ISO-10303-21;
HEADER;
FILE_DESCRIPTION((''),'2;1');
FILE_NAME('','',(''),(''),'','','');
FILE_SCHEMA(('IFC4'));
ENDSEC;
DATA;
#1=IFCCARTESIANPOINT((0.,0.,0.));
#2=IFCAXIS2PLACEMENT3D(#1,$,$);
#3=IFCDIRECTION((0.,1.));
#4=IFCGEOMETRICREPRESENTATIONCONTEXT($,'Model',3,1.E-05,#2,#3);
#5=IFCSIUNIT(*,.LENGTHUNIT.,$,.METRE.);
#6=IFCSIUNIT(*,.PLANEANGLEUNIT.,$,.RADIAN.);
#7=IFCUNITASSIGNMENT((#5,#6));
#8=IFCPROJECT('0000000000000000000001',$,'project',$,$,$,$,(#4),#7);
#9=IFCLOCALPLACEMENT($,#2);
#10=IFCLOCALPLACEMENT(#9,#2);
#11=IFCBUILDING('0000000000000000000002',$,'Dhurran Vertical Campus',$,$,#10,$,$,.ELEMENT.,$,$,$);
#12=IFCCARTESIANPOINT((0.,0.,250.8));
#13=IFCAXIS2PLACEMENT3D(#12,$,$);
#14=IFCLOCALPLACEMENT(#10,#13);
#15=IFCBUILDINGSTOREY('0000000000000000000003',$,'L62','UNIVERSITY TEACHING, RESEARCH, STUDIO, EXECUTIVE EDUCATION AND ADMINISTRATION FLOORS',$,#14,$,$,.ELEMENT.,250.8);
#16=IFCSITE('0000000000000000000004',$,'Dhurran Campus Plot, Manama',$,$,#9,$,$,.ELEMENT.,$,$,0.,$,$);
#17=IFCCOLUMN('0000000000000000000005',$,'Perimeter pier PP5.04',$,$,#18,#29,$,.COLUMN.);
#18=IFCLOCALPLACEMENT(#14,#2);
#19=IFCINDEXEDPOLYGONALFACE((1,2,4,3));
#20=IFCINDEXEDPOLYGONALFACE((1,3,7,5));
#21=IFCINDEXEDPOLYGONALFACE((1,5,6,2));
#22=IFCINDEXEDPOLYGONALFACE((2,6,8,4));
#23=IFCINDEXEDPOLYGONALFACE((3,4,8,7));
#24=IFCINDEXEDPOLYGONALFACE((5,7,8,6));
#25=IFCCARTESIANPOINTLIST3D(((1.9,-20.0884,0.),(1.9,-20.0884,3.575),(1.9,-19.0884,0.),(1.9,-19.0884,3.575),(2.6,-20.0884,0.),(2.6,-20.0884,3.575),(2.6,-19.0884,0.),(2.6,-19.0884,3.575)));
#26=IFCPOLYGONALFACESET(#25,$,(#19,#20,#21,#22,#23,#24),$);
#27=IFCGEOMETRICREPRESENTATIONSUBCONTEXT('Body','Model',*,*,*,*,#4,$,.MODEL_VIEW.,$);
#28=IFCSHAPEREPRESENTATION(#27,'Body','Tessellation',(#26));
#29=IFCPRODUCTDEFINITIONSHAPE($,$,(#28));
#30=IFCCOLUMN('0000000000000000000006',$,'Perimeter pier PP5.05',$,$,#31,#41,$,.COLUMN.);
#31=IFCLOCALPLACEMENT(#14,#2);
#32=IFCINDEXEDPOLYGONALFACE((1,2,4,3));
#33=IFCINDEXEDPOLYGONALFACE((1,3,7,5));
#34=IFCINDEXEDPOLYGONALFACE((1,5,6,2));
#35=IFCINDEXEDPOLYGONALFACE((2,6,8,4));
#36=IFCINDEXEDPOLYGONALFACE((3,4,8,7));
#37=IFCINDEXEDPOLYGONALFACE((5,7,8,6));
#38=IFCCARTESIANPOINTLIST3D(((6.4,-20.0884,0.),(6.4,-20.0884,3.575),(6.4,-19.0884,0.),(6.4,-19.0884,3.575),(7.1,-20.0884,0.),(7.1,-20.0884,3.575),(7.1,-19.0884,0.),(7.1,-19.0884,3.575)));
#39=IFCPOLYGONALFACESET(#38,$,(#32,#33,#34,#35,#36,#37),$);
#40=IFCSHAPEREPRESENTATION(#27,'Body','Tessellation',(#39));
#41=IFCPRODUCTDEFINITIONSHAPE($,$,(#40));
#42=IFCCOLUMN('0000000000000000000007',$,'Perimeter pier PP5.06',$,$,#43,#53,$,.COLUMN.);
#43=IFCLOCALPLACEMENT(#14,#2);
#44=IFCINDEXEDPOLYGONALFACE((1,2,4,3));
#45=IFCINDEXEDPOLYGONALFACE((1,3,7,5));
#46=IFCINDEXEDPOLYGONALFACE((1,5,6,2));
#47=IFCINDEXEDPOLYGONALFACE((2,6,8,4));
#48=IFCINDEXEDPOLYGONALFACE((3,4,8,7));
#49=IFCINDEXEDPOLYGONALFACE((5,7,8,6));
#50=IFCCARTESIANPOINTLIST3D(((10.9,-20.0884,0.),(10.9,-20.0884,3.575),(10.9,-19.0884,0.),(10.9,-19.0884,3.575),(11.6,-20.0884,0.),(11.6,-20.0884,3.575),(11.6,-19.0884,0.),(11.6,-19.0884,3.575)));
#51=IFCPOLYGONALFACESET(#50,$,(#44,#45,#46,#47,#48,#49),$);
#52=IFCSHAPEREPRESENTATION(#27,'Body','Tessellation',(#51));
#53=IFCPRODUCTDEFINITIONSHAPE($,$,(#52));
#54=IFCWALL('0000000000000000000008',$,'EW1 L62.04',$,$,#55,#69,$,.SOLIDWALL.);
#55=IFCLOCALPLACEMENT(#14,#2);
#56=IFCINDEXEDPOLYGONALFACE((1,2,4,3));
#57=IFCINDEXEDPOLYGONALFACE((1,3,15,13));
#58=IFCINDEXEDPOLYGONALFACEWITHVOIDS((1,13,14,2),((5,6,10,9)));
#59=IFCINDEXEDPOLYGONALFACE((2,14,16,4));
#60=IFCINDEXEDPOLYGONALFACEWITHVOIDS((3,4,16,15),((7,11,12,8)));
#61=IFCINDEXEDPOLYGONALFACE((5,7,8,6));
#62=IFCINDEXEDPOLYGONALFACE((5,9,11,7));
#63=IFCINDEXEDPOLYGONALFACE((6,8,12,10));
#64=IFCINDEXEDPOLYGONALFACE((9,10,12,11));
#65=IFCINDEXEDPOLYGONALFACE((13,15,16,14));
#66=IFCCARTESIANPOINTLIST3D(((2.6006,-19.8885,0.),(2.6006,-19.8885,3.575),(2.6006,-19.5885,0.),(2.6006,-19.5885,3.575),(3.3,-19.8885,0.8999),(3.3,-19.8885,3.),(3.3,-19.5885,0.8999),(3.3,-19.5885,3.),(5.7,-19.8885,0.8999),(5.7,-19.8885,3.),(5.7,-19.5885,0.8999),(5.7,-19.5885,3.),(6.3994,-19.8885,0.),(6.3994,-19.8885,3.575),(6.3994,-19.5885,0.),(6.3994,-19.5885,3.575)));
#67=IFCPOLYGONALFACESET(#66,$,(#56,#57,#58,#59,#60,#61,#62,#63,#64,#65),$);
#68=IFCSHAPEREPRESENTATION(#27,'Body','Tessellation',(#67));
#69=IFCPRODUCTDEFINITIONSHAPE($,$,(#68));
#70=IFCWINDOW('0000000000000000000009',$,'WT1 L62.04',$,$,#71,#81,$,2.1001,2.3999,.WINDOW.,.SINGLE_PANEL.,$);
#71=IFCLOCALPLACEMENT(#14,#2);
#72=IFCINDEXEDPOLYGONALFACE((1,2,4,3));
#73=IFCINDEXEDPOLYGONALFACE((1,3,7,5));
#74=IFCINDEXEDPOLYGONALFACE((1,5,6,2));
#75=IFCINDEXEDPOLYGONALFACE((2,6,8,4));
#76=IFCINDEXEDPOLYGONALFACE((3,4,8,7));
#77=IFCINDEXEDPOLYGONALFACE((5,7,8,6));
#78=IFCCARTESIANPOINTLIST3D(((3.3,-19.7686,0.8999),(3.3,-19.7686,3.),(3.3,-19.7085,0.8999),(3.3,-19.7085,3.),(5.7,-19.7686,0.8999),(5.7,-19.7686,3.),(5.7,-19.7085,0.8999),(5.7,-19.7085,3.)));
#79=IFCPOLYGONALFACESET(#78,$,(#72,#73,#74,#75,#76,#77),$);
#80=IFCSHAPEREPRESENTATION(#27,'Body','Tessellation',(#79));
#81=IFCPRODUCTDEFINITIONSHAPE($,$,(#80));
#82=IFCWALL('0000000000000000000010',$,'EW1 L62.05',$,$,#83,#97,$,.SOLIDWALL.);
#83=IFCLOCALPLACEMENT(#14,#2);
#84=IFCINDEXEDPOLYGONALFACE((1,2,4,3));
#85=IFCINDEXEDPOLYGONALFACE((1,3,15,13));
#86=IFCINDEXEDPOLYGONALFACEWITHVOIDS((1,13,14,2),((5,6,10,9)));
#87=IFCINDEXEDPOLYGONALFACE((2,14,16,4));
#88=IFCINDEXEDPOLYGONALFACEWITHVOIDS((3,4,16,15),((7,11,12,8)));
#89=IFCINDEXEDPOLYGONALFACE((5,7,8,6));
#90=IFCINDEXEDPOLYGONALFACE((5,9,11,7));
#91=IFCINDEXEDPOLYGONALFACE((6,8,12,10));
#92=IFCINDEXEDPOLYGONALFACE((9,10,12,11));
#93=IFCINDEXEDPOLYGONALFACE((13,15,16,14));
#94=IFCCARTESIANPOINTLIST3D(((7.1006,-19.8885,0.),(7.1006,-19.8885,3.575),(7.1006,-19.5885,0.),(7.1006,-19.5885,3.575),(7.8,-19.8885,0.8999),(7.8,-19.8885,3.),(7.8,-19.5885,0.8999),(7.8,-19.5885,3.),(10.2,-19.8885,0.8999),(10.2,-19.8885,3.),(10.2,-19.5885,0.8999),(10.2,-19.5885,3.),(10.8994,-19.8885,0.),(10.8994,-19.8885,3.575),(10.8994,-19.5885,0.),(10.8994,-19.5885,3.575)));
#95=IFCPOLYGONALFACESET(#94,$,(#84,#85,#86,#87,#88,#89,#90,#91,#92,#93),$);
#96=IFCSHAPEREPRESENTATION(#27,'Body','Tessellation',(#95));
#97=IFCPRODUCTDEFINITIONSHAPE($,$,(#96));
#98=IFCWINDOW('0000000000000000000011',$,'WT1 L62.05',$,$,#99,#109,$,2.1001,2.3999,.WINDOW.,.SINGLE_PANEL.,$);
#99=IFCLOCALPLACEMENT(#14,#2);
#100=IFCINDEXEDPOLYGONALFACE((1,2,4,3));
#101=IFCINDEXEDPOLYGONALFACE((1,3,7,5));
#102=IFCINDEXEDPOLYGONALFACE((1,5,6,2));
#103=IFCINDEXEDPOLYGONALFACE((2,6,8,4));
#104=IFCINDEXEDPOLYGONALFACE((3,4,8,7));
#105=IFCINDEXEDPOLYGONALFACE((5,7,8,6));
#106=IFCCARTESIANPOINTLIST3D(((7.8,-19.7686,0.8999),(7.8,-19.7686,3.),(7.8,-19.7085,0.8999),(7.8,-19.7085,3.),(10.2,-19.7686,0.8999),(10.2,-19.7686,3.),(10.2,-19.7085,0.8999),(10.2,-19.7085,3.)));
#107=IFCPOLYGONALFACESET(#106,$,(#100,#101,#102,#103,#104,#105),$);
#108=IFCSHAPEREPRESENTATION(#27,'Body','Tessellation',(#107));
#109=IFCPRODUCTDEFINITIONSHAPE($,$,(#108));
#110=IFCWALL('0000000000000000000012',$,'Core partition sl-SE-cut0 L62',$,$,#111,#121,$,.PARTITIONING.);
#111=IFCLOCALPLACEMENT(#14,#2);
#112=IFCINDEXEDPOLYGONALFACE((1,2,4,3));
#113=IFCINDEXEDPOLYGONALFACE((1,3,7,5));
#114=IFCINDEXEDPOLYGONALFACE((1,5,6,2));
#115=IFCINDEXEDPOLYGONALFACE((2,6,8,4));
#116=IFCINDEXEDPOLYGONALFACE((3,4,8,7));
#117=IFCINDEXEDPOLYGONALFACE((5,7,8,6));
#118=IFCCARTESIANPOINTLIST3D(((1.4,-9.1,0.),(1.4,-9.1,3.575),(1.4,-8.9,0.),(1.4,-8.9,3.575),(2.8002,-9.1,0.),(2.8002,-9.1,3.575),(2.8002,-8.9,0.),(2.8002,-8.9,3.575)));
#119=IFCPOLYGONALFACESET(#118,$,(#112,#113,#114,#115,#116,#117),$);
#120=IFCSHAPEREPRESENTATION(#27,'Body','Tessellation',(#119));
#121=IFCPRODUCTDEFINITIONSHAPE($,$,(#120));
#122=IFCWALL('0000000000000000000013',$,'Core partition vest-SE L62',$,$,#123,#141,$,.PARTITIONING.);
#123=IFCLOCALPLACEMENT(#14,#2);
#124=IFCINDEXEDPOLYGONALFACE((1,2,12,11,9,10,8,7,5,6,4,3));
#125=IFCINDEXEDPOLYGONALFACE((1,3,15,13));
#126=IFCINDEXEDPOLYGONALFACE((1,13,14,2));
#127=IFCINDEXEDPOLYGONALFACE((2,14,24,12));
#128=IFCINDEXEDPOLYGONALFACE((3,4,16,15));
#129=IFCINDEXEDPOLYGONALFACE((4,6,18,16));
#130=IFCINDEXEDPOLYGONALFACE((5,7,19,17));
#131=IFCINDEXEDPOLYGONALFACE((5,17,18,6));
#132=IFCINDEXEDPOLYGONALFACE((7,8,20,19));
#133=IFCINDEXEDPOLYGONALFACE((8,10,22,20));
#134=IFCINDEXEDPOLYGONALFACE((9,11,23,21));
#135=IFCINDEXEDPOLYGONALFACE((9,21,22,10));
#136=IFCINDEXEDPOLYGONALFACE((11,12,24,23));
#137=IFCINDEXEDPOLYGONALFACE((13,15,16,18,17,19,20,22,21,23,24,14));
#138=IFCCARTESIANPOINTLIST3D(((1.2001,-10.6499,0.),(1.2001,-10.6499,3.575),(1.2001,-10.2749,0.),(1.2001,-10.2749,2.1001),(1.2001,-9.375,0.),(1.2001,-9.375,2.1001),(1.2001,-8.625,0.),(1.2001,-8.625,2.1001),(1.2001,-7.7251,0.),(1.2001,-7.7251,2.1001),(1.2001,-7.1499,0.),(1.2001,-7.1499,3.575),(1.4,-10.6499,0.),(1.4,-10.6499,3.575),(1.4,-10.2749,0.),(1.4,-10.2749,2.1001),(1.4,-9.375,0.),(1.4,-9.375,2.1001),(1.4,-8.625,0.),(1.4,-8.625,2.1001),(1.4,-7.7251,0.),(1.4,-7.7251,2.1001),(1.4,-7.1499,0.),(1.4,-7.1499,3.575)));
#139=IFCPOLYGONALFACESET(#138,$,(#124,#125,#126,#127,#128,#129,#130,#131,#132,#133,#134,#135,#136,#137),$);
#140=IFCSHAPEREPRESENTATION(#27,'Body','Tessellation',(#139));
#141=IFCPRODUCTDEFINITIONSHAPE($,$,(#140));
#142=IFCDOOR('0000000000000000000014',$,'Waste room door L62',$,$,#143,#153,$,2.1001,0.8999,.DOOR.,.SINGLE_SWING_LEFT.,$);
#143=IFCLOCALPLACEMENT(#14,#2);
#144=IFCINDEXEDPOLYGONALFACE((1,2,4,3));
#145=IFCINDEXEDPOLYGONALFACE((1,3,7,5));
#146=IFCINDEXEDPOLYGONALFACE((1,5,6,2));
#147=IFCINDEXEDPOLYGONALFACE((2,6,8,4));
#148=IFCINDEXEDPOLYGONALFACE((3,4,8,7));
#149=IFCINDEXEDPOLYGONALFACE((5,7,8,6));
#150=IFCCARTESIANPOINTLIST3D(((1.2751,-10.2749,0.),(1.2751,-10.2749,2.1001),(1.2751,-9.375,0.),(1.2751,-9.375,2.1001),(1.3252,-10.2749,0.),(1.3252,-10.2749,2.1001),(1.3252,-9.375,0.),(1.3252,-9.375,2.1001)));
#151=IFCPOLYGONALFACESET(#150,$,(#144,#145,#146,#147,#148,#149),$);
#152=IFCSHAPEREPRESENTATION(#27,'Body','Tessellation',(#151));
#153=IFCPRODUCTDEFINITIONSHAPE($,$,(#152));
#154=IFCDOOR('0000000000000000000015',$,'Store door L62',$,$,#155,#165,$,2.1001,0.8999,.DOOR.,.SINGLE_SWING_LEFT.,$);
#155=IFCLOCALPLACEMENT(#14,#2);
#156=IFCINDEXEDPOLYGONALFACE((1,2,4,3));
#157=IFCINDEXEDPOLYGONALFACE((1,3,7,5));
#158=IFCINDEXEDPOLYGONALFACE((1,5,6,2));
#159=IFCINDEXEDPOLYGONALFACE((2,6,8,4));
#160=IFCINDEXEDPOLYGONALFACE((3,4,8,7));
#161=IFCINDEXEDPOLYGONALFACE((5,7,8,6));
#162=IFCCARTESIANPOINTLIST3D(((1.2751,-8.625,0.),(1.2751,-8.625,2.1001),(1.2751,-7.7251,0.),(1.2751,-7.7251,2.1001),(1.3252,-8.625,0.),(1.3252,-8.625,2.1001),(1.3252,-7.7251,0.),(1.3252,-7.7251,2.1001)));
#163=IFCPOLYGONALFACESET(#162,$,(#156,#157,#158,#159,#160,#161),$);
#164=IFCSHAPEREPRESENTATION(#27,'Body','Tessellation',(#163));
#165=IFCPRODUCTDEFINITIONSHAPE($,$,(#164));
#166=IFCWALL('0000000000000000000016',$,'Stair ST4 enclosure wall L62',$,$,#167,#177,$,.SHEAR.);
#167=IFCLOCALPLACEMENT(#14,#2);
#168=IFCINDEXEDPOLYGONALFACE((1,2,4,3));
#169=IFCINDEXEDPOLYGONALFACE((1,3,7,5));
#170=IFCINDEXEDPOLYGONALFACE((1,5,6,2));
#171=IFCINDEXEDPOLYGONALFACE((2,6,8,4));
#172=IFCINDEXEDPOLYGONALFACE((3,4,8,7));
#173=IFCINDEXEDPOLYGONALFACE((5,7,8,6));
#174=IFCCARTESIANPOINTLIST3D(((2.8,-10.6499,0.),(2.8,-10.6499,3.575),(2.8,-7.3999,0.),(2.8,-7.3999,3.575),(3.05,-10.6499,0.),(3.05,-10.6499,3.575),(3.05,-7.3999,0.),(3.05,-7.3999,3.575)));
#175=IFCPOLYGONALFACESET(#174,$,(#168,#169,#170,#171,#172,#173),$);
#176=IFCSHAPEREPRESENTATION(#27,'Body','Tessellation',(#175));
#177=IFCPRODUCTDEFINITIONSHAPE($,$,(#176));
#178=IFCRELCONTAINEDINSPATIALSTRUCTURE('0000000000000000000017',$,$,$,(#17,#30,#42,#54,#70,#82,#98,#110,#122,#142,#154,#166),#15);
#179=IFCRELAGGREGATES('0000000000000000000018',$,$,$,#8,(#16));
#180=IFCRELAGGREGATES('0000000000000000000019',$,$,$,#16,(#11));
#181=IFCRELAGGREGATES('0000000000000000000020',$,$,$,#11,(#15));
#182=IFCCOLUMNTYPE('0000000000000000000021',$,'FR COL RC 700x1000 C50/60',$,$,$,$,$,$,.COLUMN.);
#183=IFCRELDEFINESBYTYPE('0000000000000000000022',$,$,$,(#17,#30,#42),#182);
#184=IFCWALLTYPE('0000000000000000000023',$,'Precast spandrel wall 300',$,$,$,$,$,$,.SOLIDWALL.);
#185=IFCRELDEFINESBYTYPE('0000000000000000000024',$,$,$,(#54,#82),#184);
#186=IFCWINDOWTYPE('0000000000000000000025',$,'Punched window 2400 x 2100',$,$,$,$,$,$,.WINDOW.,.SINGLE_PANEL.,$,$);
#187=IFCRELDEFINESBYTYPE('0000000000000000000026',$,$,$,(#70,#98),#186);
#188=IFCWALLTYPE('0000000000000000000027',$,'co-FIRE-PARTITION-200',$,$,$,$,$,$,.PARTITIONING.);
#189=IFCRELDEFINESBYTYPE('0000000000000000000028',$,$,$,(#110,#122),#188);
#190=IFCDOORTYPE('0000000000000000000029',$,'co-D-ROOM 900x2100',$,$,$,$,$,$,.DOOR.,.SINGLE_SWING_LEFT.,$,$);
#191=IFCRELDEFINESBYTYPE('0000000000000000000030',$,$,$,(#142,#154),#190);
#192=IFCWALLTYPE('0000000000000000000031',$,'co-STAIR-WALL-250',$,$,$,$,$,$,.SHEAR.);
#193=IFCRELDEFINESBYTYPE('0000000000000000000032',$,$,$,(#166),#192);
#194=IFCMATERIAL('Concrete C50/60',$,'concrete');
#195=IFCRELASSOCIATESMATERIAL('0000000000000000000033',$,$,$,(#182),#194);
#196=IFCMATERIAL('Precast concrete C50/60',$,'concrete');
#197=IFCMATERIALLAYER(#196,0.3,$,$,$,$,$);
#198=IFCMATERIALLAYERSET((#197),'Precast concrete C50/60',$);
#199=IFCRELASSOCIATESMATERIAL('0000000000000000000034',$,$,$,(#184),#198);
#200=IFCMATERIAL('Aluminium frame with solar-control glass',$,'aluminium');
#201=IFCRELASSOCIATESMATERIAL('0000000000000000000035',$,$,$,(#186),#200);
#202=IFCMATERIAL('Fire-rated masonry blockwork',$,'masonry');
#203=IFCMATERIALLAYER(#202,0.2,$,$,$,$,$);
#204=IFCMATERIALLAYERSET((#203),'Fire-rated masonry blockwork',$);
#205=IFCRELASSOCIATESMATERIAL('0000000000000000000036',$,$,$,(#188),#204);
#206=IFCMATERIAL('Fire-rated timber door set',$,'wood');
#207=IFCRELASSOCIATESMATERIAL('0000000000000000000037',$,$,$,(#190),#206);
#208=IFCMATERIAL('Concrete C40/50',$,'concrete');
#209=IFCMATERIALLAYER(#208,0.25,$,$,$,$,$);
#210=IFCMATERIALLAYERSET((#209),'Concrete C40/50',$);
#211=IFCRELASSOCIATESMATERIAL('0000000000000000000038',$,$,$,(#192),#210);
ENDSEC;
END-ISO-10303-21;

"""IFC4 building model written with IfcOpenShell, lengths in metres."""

from ifc_helpers import new_model, si_unit, direction, frame, frame_2d, origin, origin_2d, place, context, subcontext, project, spatial, rectangle, extrude, material, layer, layer_set, material_profile, profile_set, type_object, element, fill, save


model = new_model("IFC4")

# Units and contexts
model_context = context("Model", 3, precision=1e-05, world=origin(), true_north=direction((0.0, 1.0)))
body_context = subcontext(model_context, "Body", "Model", "MODEL_VIEW")
ifc_project = project(units=[si_unit("LENGTHUNIT", "METRE"), si_unit("PLANEANGLEUNIT", "RADIAN")], contexts=[model_context])

# Site, building, storey
site_placement = place(None, origin())
site = spatial("IfcSite", under=ifc_project, at=site_placement, Name="Dhurran Campus Plot, Manama", CompositionType="ELEMENT", RefElevation=0.0)
building_placement = place(site_placement, origin())
building = spatial("IfcBuilding", under=site, at=building_placement, Name="Dhurran Vertical Campus", CompositionType="ELEMENT")
storey_placement = place(building_placement, frame((0.0, 0.0, 250.8)))
storey = spatial("IfcBuildingStorey", under=building, at=storey_placement, Name="L62", Description="UNIVERSITY TEACHING, RESEARCH, STUDIO, EXECUTIVE EDUCATION AND ADMINISTRATION FLOORS", CompositionType="ELEMENT", Elevation=250.8)

# Columns
ifc_material_1 = material(Name="Concrete C50/60", Category="concrete")
ifc_material_profile = material_profile(ifc_material_1, rectangle(XDim=0.7, YDim=1.0, at=origin_2d()), Name="RC 700x1000")
ifc_profile_set = profile_set([ifc_material_profile], Name="Concrete C50/60")
column_type = type_object("IfcColumnType", Name="FR COL RC 700x1000 C50/60", PredefinedType="COLUMN", material=ifc_profile_set)
for number, where, z_axis, x_axis, name in (
    (1, (2.25, -19.5884, 0.0), (0.0, 0.0, 1.0), (1.0, 0.0, 0.0), "Perimeter pier PP5.04"),
    (2, (6.75, -19.5884, 0.0), (0.0, 0.0, 1.0), (1.0, 0.0, 0.0), "Perimeter pier PP5.05"),
    (3, (11.25, -19.5884, 0.0), (0.0, 0.0, 1.0), (1.0, 0.0, 0.0), "Perimeter pier PP5.06"),
):
    element("IfcColumn", number, at=place(storey_placement, frame(where, z_axis=z_axis, x_axis=x_axis)), inside=storey, type_object=column_type, Name=name, PredefinedType="COLUMN", context=body_context, shape_type="SweptSolid", body=[
        extrude(rectangle(XDim=0.7, YDim=1.0, at=origin_2d()), origin(), (0.0, 0.0, 1.0), 3.575),
    ])

# Walls, openings, windows
ifc_material_2 = material(Name="Precast concrete C50/60", Category="concrete")
ifc_layer_1 = layer(ifc_material_2, 0.3)
ifc_layer_set_1 = layer_set([ifc_layer_1], Name="Precast concrete C50/60")
wall_type_1 = type_object("IfcWallType", Name="Precast spandrel wall 300", PredefinedType="SOLIDWALL", material=ifc_layer_set_1)
wall_1_placement = place(storey_placement, frame((2.6006, -19.7385, 0.0), z_axis=(0.0, 0.0, 1.0), x_axis=(1.0, 0.0, 0.0)))
wall_1 = element("IfcWall", 4, at=wall_1_placement, inside=storey, type_object=wall_type_1, Name="EW1 L62.04", PredefinedType="SOLIDWALL", context=body_context, shape_type="SweptSolid", body=[
    extrude(rectangle(XDim=3.7988, YDim=0.3, at=frame_2d((1.8994, 0.0))), origin(), (0.0, 0.0, 1.0), 3.575),
])
opening_1_placement = place(wall_1_placement, frame((0.6995, 0.0, 0.8999)))
opening_1 = element("IfcOpeningElement", 5, at=opening_1_placement, cuts=wall_1, PredefinedType="OPENING", context=body_context, shape_type="SweptSolid", body=[
    extrude(rectangle(XDim=2.3999, YDim=2.1001, at=frame_2d((1.2, 1.05))), frame((0.0, 0.1599, 0.0), z_axis=(0.0, -1.0, 0.0), x_axis=(1.0, 0.0, 0.0)), (0.0, 0.0, 1.0), 0.3201),
])
ifc_material_3 = material(Name="Aluminium frame with solar-control glass", Category="aluminium")
window_type = type_object("IfcWindowType", Name="Punched window 2400 x 2100", PartitioningType="SINGLE_PANEL", PredefinedType="WINDOW", material=ifc_material_3)
window_1_placement = place(opening_1_placement, origin())
window_1 = element("IfcWindow", 6, at=window_1_placement, inside=storey, type_object=window_type, Name="WT1 L62.04", OverallHeight=2.1001, OverallWidth=2.3999, PartitioningType="SINGLE_PANEL", PredefinedType="WINDOW", context=body_context, shape_type="SweptSolid", body=[
    extrude(rectangle(XDim=2.3999, YDim=2.1001, at=frame_2d((1.2, 1.05))), frame((0.0, 0.03, 0.0), z_axis=(0.0, -1.0, 0.0), x_axis=(1.0, 0.0, 0.0)), (0.0, 0.0, 1.0), 0.0601),
])
fill(opening_1, window_1)
wall_2_placement = place(storey_placement, frame((7.1006, -19.7385, 0.0), z_axis=(0.0, 0.0, 1.0), x_axis=(1.0, 0.0, 0.0)))
wall_2 = element("IfcWall", 7, at=wall_2_placement, inside=storey, type_object=wall_type_1, Name="EW1 L62.05", PredefinedType="SOLIDWALL", context=body_context, shape_type="SweptSolid", body=[
    extrude(rectangle(XDim=3.7988, YDim=0.3, at=frame_2d((1.8994, 0.0))), origin(), (0.0, 0.0, 1.0), 3.575),
])
opening_2_placement = place(wall_2_placement, frame((0.6995, 0.0, 0.8999)))
opening_2 = element("IfcOpeningElement", 8, at=opening_2_placement, cuts=wall_2, PredefinedType="OPENING", context=body_context, shape_type="SweptSolid", body=[
    extrude(rectangle(XDim=2.3999, YDim=2.1001, at=frame_2d((1.2, 1.05))), frame((0.0, 0.1599, 0.0), z_axis=(0.0, -1.0, 0.0), x_axis=(1.0, 0.0, 0.0)), (0.0, 0.0, 1.0), 0.3201),
])
window_2_placement = place(opening_2_placement, origin())
window_2 = element("IfcWindow", 9, at=window_2_placement, inside=storey, type_object=window_type, Name="WT1 L62.05", OverallHeight=2.1001, OverallWidth=2.3999, PartitioningType="SINGLE_PANEL", PredefinedType="WINDOW", context=body_context, shape_type="SweptSolid", body=[
    extrude(rectangle(XDim=2.3999, YDim=2.1001, at=frame_2d((1.2, 1.05))), frame((0.0, 0.03, 0.0), z_axis=(0.0, -1.0, 0.0), x_axis=(1.0, 0.0, 0.0)), (0.0, 0.0, 1.0), 0.0601),
])
fill(opening_2, window_2)

# Wall
ifc_material_4 = material(Name="Fire-rated masonry blockwork", Category="masonry")
ifc_layer_2 = layer(ifc_material_4, 0.2)
ifc_layer_set_2 = layer_set([ifc_layer_2], Name="Fire-rated masonry blockwork")
wall_type_2 = type_object("IfcWallType", Name="co-FIRE-PARTITION-200", PredefinedType="PARTITIONING", material=ifc_layer_set_2)
wall_3_placement = place(storey_placement, frame((1.3999, -9.0, 0.0), z_axis=(0.0, 0.0, 1.0), x_axis=(1.0, 0.0, 0.0)))
element("IfcWall", 10, at=wall_3_placement, inside=storey, type_object=wall_type_2, Name="Core partition sl-SE-cut0 L62", PredefinedType="PARTITIONING", context=body_context, shape_type="SweptSolid", body=[
    extrude(rectangle(XDim=1.4001, YDim=0.2, at=frame_2d((0.7002, 0.0))), origin(), (0.0, 0.0, 1.0), 3.575),
])

# Wall, openings, doors
wall_4_placement = place(storey_placement, frame((1.3, -10.6499, 0.0), z_axis=(0.0, 0.0, 1.0), x_axis=(0.0, 1.0, 0.0)))
wall_4 = element("IfcWall", 11, at=wall_4_placement, inside=storey, type_object=wall_type_2, Name="Core partition vest-SE L62", PredefinedType="PARTITIONING", context=body_context, shape_type="SweptSolid", body=[
    extrude(rectangle(XDim=3.5, YDim=0.2, at=frame_2d((1.75, 0.0))), origin(), (0.0, 0.0, 1.0), 3.575),
])
opening_3_placement = place(wall_4_placement, frame((0.375, 0.0, 0.0)))
opening_3 = element("IfcOpeningElement", 12, at=opening_3_placement, cuts=wall_4, PredefinedType="OPENING", context=body_context, shape_type="SweptSolid", body=[
    extrude(rectangle(XDim=0.8999, YDim=2.1001, at=frame_2d((0.45, 1.05))), frame((0.0, 0.1099, 0.0), z_axis=(0.0, -1.0, 0.0), x_axis=(1.0, 0.0, 0.0)), (0.0, 0.0, 1.0), 0.22),
])
opening_4_placement = place(wall_4_placement, frame((2.0249, 0.0, 0.0)))
opening_4 = element("IfcOpeningElement", 13, at=opening_4_placement, cuts=wall_4, PredefinedType="OPENING", context=body_context, shape_type="SweptSolid", body=[
    extrude(rectangle(XDim=0.8999, YDim=2.1001, at=frame_2d((0.45, 1.05))), frame((0.0, 0.1099, 0.0), z_axis=(0.0, -1.0, 0.0), x_axis=(1.0, 0.0, 0.0)), (0.0, 0.0, 1.0), 0.22),
])
ifc_material_5 = material(Name="Fire-rated timber door set", Category="wood")
door_type = type_object("IfcDoorType", Name="co-D-ROOM 900x2100", OperationType="SINGLE_SWING_LEFT", PredefinedType="DOOR", material=ifc_material_5)
door_1_placement = place(opening_3_placement, origin())
door_1 = element("IfcDoor", 14, at=door_1_placement, inside=storey, type_object=door_type, Name="Waste room door L62", OperationType="SINGLE_SWING_LEFT", OverallHeight=2.1001, OverallWidth=0.8999, PredefinedType="DOOR", context=body_context, shape_type="SweptSolid", body=[
    extrude(rectangle(XDim=0.8999, YDim=2.1001, at=frame_2d((0.45, 1.05))), frame((0.0, 0.0249, 0.0), z_axis=(0.0, -1.0, 0.0), x_axis=(1.0, 0.0, 0.0)), (0.0, 0.0, 1.0), 0.05),
])
fill(opening_3, door_1)
door_2_placement = place(opening_4_placement, origin())
door_2 = element("IfcDoor", 15, at=door_2_placement, inside=storey, type_object=door_type, Name="Store door L62", OperationType="SINGLE_SWING_LEFT", OverallHeight=2.1001, OverallWidth=0.8999, PredefinedType="DOOR", context=body_context, shape_type="SweptSolid", body=[
    extrude(rectangle(XDim=0.8999, YDim=2.1001, at=frame_2d((0.45, 1.05))), frame((0.0, 0.0249, 0.0), z_axis=(0.0, -1.0, 0.0), x_axis=(1.0, 0.0, 0.0)), (0.0, 0.0, 1.0), 0.05),
])
fill(opening_4, door_2)

# Wall
ifc_material_6 = material(Name="Concrete C40/50", Category="concrete")
ifc_layer_3 = layer(ifc_material_6, 0.25)
ifc_layer_set_3 = layer_set([ifc_layer_3], Name="Concrete C40/50")
wall_type_3 = type_object("IfcWallType", Name="co-STAIR-WALL-250", PredefinedType="SHEAR", material=ifc_layer_set_3)
wall_5_placement = place(storey_placement, frame((2.925, -10.6499, 0.0), z_axis=(0.0, 0.0, 1.0), x_axis=(0.0, 1.0, 0.0)))
element("IfcWall", 16, at=wall_5_placement, inside=storey, type_object=wall_type_3, Name="Stair ST4 enclosure wall L62", PredefinedType="SHEAR", context=body_context, shape_type="SweptSolid", body=[
    extrude(rectangle(XDim=3.25, YDim=0.25, at=frame_2d((1.625, 0.0))), origin(), (0.0, 0.0, 1.0), 3.575),
])

save(model, "model.ifc")
